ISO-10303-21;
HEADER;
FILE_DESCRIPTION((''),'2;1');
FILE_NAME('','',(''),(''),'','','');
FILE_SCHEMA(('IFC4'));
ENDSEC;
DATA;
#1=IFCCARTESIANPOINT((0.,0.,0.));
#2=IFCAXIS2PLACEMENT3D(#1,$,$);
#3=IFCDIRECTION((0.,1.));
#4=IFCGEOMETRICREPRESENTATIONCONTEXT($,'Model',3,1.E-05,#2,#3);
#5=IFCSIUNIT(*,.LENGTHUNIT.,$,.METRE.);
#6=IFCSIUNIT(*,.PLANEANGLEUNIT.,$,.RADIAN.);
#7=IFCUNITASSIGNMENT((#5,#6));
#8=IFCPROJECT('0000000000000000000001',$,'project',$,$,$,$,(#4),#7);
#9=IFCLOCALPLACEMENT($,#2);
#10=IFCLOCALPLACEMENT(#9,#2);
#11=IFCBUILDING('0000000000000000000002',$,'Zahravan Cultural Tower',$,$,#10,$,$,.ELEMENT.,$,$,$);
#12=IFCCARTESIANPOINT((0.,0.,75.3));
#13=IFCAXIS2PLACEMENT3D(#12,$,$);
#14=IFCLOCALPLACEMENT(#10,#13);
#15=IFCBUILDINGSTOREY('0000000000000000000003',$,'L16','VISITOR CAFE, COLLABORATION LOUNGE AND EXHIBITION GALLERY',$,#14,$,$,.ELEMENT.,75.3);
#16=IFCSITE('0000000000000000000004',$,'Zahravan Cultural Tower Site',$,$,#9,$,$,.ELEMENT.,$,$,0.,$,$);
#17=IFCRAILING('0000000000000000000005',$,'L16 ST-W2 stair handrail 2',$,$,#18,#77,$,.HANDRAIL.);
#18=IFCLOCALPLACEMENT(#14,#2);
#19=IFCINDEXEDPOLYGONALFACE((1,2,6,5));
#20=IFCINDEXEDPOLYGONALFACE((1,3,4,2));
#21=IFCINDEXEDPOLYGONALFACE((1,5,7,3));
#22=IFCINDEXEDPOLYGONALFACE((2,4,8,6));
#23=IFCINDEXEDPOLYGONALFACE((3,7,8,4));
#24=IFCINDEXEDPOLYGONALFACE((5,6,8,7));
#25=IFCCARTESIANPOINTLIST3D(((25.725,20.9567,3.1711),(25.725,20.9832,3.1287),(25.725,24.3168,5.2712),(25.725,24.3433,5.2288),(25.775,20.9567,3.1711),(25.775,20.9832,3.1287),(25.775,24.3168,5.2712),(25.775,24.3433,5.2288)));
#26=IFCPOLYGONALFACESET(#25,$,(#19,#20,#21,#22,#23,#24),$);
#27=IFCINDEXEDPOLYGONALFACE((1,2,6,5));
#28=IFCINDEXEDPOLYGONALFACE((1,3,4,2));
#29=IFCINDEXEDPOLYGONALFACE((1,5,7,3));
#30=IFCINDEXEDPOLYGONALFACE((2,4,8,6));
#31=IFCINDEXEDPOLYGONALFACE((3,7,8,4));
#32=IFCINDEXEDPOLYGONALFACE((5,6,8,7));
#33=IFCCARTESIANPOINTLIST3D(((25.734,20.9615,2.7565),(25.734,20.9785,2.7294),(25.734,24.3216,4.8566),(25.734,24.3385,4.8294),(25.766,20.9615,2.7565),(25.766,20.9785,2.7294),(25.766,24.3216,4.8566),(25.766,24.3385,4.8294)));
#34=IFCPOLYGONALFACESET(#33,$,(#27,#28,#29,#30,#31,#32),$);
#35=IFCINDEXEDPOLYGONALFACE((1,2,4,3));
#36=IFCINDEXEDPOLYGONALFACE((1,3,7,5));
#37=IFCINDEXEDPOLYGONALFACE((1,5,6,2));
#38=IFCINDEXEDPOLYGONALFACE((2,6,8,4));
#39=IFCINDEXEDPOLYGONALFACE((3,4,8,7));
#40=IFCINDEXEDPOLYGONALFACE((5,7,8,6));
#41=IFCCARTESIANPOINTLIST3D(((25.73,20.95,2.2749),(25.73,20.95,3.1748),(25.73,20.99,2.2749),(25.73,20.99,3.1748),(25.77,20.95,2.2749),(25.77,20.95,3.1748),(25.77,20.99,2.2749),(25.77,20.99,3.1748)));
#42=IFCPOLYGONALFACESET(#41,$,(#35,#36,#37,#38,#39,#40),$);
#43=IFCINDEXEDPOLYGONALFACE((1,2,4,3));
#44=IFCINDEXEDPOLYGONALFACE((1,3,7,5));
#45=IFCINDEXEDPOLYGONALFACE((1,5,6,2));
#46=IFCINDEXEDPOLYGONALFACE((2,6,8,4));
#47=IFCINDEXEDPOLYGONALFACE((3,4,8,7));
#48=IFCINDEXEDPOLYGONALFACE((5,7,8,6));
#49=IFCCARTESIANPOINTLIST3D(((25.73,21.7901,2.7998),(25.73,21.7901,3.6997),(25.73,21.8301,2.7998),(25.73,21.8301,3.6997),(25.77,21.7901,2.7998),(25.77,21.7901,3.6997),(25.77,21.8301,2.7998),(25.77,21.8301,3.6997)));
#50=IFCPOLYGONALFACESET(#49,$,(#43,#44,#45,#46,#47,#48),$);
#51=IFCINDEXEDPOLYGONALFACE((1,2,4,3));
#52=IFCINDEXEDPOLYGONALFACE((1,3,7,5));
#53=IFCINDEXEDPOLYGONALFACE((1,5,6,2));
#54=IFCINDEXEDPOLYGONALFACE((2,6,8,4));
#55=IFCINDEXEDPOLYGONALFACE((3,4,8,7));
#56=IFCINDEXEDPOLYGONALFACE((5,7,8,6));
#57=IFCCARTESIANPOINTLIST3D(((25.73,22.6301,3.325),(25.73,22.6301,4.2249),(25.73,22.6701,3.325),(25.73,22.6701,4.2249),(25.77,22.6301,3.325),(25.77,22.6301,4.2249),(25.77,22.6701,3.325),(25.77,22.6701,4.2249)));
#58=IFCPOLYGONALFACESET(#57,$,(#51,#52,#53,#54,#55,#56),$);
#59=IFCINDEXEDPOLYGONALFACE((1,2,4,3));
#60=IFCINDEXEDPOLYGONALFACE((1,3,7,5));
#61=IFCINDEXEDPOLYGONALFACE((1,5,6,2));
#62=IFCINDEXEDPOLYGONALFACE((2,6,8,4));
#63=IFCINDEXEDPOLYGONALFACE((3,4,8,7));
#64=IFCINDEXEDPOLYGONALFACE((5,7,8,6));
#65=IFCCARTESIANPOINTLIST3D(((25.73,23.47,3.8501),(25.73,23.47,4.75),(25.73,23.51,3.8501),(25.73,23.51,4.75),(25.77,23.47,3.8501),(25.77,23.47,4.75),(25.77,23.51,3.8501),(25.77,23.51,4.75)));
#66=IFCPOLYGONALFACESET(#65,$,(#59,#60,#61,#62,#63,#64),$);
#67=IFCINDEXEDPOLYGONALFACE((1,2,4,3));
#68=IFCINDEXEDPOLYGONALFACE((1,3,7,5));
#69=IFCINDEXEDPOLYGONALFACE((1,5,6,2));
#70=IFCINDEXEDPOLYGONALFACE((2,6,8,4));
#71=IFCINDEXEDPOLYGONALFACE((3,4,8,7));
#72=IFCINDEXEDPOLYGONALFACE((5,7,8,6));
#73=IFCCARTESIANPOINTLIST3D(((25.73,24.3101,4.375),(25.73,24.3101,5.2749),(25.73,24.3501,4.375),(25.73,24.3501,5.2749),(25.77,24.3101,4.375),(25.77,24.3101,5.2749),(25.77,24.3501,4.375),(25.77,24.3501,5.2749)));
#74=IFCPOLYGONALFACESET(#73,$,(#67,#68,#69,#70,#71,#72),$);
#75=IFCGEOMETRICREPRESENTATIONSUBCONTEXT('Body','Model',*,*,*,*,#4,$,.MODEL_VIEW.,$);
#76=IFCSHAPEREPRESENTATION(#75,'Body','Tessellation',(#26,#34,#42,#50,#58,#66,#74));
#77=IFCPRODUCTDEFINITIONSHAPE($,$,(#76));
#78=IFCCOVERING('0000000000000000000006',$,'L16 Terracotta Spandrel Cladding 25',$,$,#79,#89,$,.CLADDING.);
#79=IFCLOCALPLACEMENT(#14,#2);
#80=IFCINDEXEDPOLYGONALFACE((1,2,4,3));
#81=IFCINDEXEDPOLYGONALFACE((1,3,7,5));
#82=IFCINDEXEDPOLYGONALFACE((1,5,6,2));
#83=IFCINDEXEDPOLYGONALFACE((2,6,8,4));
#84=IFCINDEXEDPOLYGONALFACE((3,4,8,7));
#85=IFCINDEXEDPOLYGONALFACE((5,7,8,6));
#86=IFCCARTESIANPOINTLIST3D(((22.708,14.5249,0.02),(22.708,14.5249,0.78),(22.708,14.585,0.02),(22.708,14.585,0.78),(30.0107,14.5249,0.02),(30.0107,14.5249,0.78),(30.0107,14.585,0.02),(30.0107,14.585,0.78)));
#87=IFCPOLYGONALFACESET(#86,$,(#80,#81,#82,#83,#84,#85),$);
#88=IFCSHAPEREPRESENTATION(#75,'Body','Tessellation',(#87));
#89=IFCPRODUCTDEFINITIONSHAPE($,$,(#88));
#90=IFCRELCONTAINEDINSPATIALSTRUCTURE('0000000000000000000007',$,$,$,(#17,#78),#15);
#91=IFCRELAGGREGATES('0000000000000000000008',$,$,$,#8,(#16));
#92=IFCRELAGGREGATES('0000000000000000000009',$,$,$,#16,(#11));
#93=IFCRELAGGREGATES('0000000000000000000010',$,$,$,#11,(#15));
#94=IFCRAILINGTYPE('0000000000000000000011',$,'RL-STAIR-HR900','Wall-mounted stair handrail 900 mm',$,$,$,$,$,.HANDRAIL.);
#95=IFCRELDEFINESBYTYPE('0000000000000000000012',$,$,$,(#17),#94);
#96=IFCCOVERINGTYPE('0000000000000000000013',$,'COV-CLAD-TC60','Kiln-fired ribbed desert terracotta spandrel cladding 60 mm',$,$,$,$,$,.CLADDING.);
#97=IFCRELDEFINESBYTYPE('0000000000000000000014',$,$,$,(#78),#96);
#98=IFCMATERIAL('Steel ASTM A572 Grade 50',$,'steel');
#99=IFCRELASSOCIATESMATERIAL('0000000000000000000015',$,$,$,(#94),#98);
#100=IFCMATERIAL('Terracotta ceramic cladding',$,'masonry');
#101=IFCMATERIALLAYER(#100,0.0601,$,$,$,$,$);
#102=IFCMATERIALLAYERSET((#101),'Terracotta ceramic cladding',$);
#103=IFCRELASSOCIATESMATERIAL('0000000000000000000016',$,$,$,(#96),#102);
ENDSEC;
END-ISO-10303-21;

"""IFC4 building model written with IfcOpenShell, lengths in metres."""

from ifc_helpers import new_model, si_unit, direction, frame, origin, origin_2d, place, context, subcontext, project, spatial, rectangle, extrude, source, transform, mapped, material, layer, layer_set, type_object, element, save


model = new_model("IFC4")

# Units and contexts
model_context = context("Model", 3, precision=1e-05, world=origin(), true_north=direction((0.0, 1.0)))
body_context = subcontext(model_context, "Body", "Model", "MODEL_VIEW")
ifc_project = project(units=[si_unit("LENGTHUNIT", "METRE"), si_unit("PLANEANGLEUNIT", "RADIAN")], contexts=[model_context])

# Site, building, storey
site_placement = place(None, origin())
site = spatial("IfcSite", under=ifc_project, at=site_placement, Name="Zahravan Cultural Tower Site", CompositionType="ELEMENT", RefElevation=0.0)
building_placement = place(site_placement, origin())
building = spatial("IfcBuilding", under=site, at=building_placement, Name="Zahravan Cultural Tower", CompositionType="ELEMENT")
storey_placement = place(building_placement, frame((0.0, 0.0, 75.3)))
storey = spatial("IfcBuildingStorey", under=building, at=storey_placement, Name="L16", Description="VISITOR CAFE, COLLABORATION LOUNGE AND EXHIBITION GALLERY", CompositionType="ELEMENT", Elevation=75.3)

# Shared definitions
ifc_material_1 = material(Name="Steel ASTM A572 Grade 50", Category="steel")

# Railing
railing_type_1 = type_object("IfcRailingType", Name="RL-STAIR-HR900", Description="Wall-mounted stair handrail 900 mm", PredefinedType="HANDRAIL", material=ifc_material_1)
railing_1_placement = place(storey_placement, frame((25.75, 20.97, 2.2749)))
element("IfcRailing", 1, at=railing_1_placement, inside=storey, type_object=railing_type_1, Name="L16 ST-W2 stair handrail 2", PredefinedType="HANDRAIL", context=body_context, shape_type="SweptSolid", body=[
    extrude(rectangle(XDim=0.05, YDim=0.05, at=origin_2d()), frame((0.0, 0.0, 0.875), z_axis=(0.0, 0.847995, 0.530004), x_axis=(-1.0, 0.0, 0.0)), (0.0, 0.0, 1.0), 3.9624),
    extrude(rectangle(XDim=0.032, YDim=0.032, at=origin_2d()), frame((0.0, 0.0, 0.468), z_axis=(0.0, 0.847995, 0.530004), x_axis=(-1.0, 0.0, 0.0)), (0.0, 0.0, 1.0), 3.9624),
    extrude(rectangle(XDim=0.04, YDim=0.04, at=origin_2d()), origin(), (0.0, 0.0, 1.0), 0.8999),
    extrude(rectangle(XDim=0.04, YDim=0.04, at=origin_2d()), frame((0.0, 0.8401, 0.5249)), (0.0, 0.0, 1.0), 0.8999),
    extrude(rectangle(XDim=0.04, YDim=0.04, at=origin_2d()), frame((0.0, 1.6802, 1.05)), (0.0, 0.0, 1.0), 0.8999),
    extrude(rectangle(XDim=0.04, YDim=0.04, at=origin_2d()), frame((0.0, 2.52, 1.5752)), (0.0, 0.0, 1.0), 0.8999),
    extrude(rectangle(XDim=0.04, YDim=0.04, at=origin_2d()), frame((0.0, 3.3601, 2.1001)), (0.0, 0.0, 1.0), 0.8999),
])

# Covering
ifc_material_2 = material(Name="Terracotta ceramic cladding", Category="masonry")
ifc_layer_1 = layer(ifc_material_2, 0.0601)
ifc_layer_set_1 = layer_set([ifc_layer_1], Name="Terracotta ceramic cladding")
covering_type = type_object("IfcCoveringType", Name="COV-CLAD-TC60", Description="Kiln-fired ribbed desert terracotta spandrel cladding 60 mm", PredefinedType="CLADDING", material=ifc_layer_set_1)
shared_shape_1 = source(origin(), body_context, "Body", "SweptSolid", [
    extrude(rectangle(XDim=7.3027, YDim=0.0601, at=origin_2d()), origin(), (0.0, 0.0, 1.0), 0.76),
])
covering_placement = place(storey_placement, frame((26.3594, 14.5549, 0.02), z_axis=(0.0, 0.0, 1.0), x_axis=(-1.0, 0.0, 0.0)))
element("IfcCovering", 2, at=covering_placement, inside=storey, type_object=covering_type, Name="L16 Terracotta Spandrel Cladding 25", PredefinedType="CLADDING", context=body_context, shape_type="MappedRepresentation", body=[
    mapped(shared_shape_1, transform((0.0, 0.0, 0.0), x_axis=(1.0, 0.0, 0.0), y_axis=(0.0, 1.0, 0.0), z_axis=(0.0, 0.0, 1.0), scale=1.0)),
])

save(model, "model.ifc")
